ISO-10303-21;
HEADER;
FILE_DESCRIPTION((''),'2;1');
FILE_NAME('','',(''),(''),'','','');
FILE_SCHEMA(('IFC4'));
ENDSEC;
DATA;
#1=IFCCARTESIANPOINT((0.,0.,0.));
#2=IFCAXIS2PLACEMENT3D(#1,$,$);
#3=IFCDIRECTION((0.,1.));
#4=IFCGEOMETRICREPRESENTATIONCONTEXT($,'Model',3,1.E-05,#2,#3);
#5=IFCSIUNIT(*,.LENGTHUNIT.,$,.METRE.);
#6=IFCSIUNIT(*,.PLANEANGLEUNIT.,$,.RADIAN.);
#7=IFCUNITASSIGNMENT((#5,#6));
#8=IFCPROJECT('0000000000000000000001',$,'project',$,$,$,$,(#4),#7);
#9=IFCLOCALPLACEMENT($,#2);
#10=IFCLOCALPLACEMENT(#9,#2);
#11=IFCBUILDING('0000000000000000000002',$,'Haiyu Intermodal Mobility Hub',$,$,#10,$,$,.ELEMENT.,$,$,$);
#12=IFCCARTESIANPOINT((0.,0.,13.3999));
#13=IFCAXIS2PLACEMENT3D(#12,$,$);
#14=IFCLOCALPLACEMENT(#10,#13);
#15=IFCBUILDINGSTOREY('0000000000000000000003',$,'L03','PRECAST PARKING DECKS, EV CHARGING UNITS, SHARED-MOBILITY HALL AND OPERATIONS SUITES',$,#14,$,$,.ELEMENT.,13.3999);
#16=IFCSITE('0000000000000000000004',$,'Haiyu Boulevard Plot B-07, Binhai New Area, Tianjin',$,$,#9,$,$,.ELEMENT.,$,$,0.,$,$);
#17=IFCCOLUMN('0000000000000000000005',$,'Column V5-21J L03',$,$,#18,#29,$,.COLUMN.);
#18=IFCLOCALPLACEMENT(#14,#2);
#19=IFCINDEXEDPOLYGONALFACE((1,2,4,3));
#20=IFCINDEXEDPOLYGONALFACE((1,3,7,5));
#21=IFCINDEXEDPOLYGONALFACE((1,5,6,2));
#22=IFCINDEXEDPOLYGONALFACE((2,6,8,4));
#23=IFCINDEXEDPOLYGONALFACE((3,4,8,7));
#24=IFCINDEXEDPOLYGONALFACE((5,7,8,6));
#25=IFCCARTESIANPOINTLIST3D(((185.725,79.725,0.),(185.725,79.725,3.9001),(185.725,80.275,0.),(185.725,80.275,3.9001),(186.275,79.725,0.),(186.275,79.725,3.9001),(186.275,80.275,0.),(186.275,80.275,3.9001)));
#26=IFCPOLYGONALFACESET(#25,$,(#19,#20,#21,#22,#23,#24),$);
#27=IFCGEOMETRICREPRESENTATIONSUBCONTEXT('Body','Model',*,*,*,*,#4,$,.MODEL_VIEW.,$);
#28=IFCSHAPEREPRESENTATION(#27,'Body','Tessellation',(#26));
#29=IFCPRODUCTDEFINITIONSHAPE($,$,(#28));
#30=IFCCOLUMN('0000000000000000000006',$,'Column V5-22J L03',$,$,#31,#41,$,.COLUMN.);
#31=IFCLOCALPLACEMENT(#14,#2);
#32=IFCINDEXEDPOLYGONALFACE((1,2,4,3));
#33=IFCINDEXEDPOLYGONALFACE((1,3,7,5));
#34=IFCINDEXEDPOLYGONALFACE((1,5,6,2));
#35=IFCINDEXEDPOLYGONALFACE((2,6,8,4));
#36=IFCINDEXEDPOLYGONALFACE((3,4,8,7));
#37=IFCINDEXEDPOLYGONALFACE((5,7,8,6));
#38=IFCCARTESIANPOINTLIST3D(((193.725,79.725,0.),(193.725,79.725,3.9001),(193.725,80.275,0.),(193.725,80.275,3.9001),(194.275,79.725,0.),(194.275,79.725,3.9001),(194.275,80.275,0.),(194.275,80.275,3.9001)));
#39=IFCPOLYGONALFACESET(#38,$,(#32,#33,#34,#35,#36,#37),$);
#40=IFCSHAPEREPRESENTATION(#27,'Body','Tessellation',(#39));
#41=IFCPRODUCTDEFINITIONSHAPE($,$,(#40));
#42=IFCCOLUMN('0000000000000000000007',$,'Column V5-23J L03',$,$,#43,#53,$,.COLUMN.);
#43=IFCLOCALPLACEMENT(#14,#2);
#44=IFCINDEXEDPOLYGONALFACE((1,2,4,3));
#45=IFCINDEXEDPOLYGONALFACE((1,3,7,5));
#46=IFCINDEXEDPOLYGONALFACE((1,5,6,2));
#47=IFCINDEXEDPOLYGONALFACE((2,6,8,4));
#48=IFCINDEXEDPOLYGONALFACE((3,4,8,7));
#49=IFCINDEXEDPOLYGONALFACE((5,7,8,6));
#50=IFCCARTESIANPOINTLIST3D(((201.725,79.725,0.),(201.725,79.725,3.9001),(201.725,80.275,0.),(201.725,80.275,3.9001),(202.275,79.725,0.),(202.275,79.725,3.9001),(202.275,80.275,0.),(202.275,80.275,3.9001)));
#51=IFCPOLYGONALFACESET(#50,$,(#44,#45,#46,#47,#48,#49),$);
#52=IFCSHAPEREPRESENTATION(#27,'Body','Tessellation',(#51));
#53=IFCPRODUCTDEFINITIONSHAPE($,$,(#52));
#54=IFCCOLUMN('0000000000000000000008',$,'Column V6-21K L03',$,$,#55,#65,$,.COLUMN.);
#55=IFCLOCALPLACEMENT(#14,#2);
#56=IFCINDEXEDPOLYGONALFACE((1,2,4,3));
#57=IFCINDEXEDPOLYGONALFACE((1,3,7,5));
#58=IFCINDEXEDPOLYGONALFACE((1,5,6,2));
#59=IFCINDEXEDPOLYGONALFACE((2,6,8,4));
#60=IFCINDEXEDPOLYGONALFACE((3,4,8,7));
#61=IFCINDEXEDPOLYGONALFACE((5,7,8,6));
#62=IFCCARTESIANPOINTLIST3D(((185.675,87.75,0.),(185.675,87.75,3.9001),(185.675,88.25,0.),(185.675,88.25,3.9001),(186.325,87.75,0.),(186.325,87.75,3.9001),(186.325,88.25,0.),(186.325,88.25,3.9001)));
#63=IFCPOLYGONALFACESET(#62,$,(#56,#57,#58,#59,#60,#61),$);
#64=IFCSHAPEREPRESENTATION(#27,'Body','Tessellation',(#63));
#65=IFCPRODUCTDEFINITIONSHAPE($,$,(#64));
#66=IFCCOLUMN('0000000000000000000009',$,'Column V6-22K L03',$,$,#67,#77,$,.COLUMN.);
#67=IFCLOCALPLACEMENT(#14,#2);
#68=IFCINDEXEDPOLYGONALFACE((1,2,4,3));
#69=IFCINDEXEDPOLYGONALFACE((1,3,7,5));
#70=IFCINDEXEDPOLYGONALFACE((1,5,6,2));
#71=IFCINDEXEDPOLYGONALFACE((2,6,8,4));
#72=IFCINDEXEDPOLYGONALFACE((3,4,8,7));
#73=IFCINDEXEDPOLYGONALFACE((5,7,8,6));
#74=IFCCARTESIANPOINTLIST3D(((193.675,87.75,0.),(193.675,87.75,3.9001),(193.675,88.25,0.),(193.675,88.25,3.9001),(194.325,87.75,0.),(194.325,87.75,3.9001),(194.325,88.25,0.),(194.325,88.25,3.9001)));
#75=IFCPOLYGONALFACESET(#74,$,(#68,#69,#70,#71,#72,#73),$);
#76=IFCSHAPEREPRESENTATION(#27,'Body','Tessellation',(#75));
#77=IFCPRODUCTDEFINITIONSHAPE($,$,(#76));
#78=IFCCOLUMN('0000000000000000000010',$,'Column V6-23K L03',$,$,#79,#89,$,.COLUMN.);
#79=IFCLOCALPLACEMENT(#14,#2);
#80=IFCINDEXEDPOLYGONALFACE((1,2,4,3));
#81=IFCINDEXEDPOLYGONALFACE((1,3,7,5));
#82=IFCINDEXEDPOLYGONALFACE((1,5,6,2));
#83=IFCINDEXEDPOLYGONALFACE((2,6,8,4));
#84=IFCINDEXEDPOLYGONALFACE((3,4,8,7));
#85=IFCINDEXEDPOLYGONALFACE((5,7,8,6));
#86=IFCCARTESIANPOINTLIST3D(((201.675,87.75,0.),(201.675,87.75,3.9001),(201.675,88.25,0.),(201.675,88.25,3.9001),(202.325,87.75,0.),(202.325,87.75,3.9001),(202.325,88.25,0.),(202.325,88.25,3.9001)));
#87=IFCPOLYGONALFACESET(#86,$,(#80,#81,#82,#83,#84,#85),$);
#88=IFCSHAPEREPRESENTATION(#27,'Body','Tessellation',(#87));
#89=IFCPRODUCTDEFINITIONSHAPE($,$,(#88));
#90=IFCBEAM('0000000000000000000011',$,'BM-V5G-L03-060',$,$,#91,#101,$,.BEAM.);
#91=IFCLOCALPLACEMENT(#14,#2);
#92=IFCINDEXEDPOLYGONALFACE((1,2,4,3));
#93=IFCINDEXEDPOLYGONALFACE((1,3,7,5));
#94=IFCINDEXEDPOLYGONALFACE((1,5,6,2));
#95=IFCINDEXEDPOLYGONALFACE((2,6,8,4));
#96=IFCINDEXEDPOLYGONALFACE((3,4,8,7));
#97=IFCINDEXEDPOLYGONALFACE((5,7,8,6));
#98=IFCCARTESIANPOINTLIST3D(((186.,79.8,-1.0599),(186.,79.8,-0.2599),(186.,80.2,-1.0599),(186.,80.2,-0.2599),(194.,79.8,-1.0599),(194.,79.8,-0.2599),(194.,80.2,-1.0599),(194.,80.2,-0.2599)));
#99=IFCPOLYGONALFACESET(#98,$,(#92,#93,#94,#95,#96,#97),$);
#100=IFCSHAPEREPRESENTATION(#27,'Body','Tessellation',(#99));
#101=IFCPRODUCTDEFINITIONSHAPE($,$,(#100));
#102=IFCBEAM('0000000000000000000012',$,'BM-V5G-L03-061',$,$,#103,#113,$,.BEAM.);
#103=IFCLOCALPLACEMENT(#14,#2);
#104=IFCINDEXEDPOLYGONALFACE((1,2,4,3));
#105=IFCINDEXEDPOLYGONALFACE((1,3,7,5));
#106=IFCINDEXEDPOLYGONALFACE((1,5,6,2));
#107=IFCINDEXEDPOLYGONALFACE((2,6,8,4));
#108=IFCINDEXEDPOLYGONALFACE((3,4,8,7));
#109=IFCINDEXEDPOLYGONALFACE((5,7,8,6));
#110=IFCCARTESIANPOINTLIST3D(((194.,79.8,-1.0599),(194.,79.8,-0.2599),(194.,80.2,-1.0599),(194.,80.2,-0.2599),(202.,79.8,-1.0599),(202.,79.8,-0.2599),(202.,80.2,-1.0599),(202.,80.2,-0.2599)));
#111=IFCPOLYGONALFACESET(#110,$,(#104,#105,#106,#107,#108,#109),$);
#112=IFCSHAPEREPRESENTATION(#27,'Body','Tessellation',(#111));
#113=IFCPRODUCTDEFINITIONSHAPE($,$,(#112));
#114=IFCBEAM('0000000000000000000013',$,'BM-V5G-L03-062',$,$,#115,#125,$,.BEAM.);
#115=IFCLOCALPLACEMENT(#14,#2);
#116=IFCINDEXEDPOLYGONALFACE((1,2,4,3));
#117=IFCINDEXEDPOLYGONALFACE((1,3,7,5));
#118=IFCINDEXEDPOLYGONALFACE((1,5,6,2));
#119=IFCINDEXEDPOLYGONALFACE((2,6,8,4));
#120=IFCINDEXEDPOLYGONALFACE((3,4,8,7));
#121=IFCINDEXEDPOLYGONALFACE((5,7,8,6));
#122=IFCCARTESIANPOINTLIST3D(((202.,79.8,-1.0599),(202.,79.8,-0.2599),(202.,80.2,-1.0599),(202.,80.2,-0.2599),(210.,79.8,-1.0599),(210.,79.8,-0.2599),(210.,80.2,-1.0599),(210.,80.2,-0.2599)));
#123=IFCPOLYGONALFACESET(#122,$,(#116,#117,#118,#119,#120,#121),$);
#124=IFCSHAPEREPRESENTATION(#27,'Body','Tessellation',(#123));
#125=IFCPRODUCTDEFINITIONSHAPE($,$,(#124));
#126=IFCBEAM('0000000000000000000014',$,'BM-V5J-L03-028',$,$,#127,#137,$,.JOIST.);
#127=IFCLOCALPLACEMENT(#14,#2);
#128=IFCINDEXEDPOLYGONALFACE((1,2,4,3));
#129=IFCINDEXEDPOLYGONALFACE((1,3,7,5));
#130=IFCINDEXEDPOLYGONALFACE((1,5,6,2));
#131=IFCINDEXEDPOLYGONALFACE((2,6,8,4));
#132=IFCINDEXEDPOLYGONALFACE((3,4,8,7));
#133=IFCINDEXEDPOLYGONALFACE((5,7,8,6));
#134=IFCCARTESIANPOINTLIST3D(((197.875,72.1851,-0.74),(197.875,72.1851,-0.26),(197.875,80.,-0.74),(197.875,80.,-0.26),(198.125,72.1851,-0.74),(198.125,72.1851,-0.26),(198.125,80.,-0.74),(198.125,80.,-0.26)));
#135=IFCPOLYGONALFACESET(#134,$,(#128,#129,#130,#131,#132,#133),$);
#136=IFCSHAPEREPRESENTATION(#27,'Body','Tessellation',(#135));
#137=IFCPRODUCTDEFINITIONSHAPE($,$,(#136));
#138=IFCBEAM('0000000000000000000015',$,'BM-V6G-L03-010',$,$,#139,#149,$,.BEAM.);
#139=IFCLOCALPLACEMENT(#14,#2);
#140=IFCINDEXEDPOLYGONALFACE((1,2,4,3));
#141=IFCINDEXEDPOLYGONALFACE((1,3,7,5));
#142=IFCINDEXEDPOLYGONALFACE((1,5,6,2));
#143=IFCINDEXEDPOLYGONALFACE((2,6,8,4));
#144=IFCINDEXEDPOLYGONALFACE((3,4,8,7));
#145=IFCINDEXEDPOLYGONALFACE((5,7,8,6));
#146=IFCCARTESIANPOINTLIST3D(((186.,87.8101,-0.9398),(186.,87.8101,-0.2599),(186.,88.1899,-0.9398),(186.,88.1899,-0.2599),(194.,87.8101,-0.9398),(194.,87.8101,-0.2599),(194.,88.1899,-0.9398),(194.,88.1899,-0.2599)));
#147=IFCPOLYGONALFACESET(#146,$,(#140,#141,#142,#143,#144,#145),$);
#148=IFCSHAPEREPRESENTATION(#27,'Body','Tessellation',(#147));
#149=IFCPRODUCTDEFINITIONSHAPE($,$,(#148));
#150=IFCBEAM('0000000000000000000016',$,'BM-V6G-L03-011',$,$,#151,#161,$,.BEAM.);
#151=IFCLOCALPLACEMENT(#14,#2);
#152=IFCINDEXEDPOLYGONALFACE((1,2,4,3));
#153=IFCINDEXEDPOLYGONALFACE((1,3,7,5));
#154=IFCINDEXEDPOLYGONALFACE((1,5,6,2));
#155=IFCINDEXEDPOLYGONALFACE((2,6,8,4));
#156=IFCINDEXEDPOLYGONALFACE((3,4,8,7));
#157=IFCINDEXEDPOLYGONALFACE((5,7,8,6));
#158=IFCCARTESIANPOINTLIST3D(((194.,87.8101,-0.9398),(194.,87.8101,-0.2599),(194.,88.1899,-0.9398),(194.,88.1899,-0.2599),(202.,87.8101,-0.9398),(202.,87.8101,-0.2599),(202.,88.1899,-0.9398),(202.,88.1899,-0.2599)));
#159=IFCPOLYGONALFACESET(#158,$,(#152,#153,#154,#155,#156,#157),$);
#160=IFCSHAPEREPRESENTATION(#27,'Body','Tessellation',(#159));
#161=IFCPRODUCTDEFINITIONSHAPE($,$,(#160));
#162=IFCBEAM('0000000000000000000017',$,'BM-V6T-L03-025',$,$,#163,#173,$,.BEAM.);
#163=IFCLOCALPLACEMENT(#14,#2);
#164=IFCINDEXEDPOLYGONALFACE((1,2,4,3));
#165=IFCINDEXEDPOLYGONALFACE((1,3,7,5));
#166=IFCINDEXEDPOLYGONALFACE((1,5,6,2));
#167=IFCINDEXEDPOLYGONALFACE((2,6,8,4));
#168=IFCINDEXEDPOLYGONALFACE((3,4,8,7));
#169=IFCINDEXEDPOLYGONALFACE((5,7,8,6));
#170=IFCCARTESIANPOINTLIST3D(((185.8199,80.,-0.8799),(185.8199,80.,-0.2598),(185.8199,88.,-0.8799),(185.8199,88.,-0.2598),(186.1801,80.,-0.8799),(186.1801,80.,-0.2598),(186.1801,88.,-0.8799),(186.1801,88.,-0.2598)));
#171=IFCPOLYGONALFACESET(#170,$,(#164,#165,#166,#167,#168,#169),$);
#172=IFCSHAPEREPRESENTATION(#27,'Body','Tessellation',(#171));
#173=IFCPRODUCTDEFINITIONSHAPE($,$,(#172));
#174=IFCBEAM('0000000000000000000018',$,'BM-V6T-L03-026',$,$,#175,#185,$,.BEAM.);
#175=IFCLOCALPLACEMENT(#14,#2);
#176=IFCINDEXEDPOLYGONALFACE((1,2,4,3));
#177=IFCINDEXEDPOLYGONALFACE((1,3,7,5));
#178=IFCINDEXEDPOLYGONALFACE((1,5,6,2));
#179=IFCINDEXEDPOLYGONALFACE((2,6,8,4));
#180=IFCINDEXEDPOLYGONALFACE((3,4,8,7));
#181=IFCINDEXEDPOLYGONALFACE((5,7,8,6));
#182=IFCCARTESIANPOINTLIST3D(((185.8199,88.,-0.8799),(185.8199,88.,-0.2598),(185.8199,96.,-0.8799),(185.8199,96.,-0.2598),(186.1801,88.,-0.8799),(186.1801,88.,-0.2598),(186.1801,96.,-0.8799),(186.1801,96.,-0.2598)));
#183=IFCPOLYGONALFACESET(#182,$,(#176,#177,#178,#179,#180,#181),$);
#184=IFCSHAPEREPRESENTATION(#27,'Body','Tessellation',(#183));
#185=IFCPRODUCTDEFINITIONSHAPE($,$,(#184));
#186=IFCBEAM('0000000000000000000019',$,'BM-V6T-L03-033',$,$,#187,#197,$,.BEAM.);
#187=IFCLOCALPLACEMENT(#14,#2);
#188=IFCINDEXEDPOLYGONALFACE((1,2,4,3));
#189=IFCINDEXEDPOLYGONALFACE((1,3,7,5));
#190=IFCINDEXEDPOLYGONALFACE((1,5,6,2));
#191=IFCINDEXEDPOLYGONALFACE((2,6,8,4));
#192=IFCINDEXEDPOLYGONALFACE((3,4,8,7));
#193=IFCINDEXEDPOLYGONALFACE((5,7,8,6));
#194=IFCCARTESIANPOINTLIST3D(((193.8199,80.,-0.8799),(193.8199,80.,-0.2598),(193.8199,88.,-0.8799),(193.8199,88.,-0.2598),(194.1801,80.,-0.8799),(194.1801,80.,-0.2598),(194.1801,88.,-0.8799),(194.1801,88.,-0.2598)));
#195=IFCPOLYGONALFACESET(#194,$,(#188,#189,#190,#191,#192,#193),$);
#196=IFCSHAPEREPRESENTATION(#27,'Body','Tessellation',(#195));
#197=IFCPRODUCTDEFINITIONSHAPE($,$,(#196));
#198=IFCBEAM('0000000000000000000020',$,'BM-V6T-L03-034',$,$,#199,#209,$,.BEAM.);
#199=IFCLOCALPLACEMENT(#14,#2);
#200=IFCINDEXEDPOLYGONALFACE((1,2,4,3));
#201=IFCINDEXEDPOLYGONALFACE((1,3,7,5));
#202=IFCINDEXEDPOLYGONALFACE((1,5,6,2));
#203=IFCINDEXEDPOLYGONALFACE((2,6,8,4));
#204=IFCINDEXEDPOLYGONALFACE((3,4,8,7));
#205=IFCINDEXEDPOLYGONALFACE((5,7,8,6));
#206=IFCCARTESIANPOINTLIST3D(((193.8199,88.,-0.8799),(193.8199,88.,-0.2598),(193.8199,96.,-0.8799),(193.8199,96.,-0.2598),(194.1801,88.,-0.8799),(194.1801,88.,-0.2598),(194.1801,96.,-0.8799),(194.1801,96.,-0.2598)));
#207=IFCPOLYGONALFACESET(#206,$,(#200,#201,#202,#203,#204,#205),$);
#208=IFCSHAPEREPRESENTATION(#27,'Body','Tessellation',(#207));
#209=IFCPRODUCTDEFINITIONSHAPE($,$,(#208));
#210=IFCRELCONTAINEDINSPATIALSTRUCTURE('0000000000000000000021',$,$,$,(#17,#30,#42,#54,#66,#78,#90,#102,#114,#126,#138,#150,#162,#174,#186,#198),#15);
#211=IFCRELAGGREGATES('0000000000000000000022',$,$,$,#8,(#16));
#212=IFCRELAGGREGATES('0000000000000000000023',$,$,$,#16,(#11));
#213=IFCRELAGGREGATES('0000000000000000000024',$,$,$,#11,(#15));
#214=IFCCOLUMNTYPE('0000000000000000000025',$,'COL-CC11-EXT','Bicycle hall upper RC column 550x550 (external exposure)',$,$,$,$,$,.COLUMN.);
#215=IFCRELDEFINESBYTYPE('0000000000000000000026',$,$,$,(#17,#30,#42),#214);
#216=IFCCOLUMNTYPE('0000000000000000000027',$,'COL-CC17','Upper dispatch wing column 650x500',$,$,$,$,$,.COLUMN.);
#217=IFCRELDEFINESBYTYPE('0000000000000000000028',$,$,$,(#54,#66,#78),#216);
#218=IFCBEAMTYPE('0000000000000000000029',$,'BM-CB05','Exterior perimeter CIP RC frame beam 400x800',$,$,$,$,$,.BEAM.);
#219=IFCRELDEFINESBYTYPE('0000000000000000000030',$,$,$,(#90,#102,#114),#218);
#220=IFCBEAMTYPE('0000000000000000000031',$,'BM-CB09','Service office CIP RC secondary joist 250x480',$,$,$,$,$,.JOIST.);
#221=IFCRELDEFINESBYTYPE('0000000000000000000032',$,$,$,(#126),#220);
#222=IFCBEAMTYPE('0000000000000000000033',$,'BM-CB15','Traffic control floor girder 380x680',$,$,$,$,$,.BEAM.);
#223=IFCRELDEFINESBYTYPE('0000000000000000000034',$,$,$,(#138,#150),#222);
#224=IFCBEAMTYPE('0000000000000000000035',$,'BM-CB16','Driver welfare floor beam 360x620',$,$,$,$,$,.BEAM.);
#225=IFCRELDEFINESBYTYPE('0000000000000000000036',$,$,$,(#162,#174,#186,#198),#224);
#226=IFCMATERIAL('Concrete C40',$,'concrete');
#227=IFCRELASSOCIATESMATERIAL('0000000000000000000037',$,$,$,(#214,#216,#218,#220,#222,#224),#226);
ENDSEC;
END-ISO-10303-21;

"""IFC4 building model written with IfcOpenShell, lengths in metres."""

from ifc_helpers import new_model, si_unit, direction, frame, origin, origin_2d, place, context, subcontext, project, spatial, rectangle, extrude, material, material_profile, profile_set, type_object, element, save


model = new_model("IFC4")

# Units and contexts
model_context = context("Model", 3, precision=1e-05, world=origin(), true_north=direction((0.0, 1.0)))
body_context = subcontext(model_context, "Body", "Model", "MODEL_VIEW")
ifc_project = project(units=[si_unit("LENGTHUNIT", "METRE"), si_unit("PLANEANGLEUNIT", "RADIAN")], contexts=[model_context])

# Site, building, storey
site_placement = place(None, origin())
site = spatial("IfcSite", under=ifc_project, at=site_placement, Name="Haiyu Boulevard Plot B-07, Binhai New Area, Tianjin", CompositionType="ELEMENT", RefElevation=0.0)
building_placement = place(site_placement, origin())
building = spatial("IfcBuilding", under=site, at=building_placement, Name="Haiyu Intermodal Mobility Hub", CompositionType="ELEMENT")
storey_placement = place(building_placement, frame((0.0, 0.0, 13.3999)))
storey = spatial("IfcBuildingStorey", under=building, at=storey_placement, Name="L03", Description="PRECAST PARKING DECKS, EV CHARGING UNITS, SHARED-MOBILITY HALL AND OPERATIONS SUITES", CompositionType="ELEMENT", Elevation=13.3999)

# Columns
ifc_material_1 = material(Name="Concrete C40", Category="concrete")
ifc_material_profile_1 = material_profile(ifc_material_1, rectangle(XDim=0.55, YDim=0.55, at=origin_2d()), Name="RC550x550")
ifc_profile_set_1 = profile_set([ifc_material_profile_1], Name="Concrete C40")
column_type_1 = type_object("IfcColumnType", Name="COL-CC11-EXT", Description="Bicycle hall upper RC column 550x550 (external exposure)", PredefinedType="COLUMN", material=ifc_profile_set_1)
for number, where, z_axis, x_axis, name in (
    (1, (186.0, 80.0, 0.0), (0.0, 0.0, 1.0), (1.0, 0.0, 0.0), "Column V5-21J L03"),
    (2, (194.0, 80.0, 0.0), (0.0, 0.0, 1.0), (1.0, 0.0, 0.0), "Column V5-22J L03"),
    (3, (202.0, 80.0, 0.0), (0.0, 0.0, 1.0), (1.0, 0.0, 0.0), "Column V5-23J L03"),
):
    element("IfcColumn", number, at=place(storey_placement, frame(where, z_axis=z_axis, x_axis=x_axis)), inside=storey, type_object=column_type_1, Name=name, PredefinedType="COLUMN", context=body_context, shape_type="SweptSolid", body=[
        extrude(rectangle(XDim=0.55, YDim=0.55, at=origin_2d()), origin(), (0.0, 0.0, 1.0), 3.9001),
    ])
ifc_material_profile_2 = material_profile(ifc_material_1, rectangle(XDim=0.6499, YDim=0.5, at=origin_2d()), Name="C650x500")
ifc_profile_set_2 = profile_set([ifc_material_profile_2], Name="Concrete C40")
column_type_2 = type_object("IfcColumnType", Name="COL-CC17", Description="Upper dispatch wing column 650x500", PredefinedType="COLUMN", material=ifc_profile_set_2)
for number, where, z_axis, x_axis, name in (
    (4, (186.0, 88.0, 0.0), (0.0, 0.0, 1.0), (1.0, 0.0, 0.0), "Column V6-21K L03"),
    (5, (194.0, 88.0, 0.0), (0.0, 0.0, 1.0), (1.0, 0.0, 0.0), "Column V6-22K L03"),
    (6, (202.0, 88.0, 0.0), (0.0, 0.0, 1.0), (1.0, 0.0, 0.0), "Column V6-23K L03"),
):
    element("IfcColumn", number, at=place(storey_placement, frame(where, z_axis=z_axis, x_axis=x_axis)), inside=storey, type_object=column_type_2, Name=name, PredefinedType="COLUMN", context=body_context, shape_type="SweptSolid", body=[
        extrude(rectangle(XDim=0.6499, YDim=0.5, at=origin_2d()), origin(), (0.0, 0.0, 1.0), 3.9001),
    ])

# Beams
ifc_material_profile_3 = material_profile(ifc_material_1, rectangle(XDim=0.3999, YDim=0.8, at=origin_2d()), Name="RCB400x800")
ifc_profile_set_3 = profile_set([ifc_material_profile_3], Name="Concrete C40")
beam_type_1 = type_object("IfcBeamType", Name="BM-CB05", Description="Exterior perimeter CIP RC frame beam 400x800", PredefinedType="BEAM", material=ifc_profile_set_3)
for number, where, z_axis, x_axis, name in (
    (7, (186.0, 80.0, -0.6599), (1.0, 0.0, 0.0), (0.0, 1.0, 0.0), "BM-V5G-L03-060"),
    (8, (194.0, 80.0, -0.6599), (1.0, 0.0, 0.0), (0.0, 1.0, 0.0), "BM-V5G-L03-061"),
    (9, (202.0, 80.0, -0.6599), (1.0, 0.0, 0.0), (0.0, 1.0, 0.0), "BM-V5G-L03-062"),
):
    element("IfcBeam", number, at=place(storey_placement, frame(where, z_axis=z_axis, x_axis=x_axis)), inside=storey, type_object=beam_type_1, Name=name, PredefinedType="BEAM", context=body_context, shape_type="SweptSolid", body=[
        extrude(rectangle(XDim=0.3999, YDim=0.8, at=origin_2d()), origin(), (0.0, 0.0, 1.0), 8.0),
    ])
ifc_material_profile_4 = material_profile(ifc_material_1, rectangle(XDim=0.25, YDim=0.48, at=origin_2d()), Name="RCB250x480")
ifc_profile_set_4 = profile_set([ifc_material_profile_4], Name="Concrete C40")
beam_type_2 = type_object("IfcBeamType", Name="BM-CB09", Description="Service office CIP RC secondary joist 250x480", PredefinedType="JOIST", material=ifc_profile_set_4)
beam_placement = place(storey_placement, frame((198.0, 72.1851, -0.5), z_axis=(0.0, 1.0, 0.0), x_axis=(-1.0, 0.0, 0.0)))
element("IfcBeam", 10, at=beam_placement, inside=storey, type_object=beam_type_2, Name="BM-V5J-L03-028", PredefinedType="JOIST", context=body_context, shape_type="SweptSolid", body=[
    extrude(rectangle(XDim=0.25, YDim=0.48, at=origin_2d()), origin(), (0.0, 0.0, 1.0), 7.8149),
])
ifc_material_profile_5 = material_profile(ifc_material_1, rectangle(XDim=0.3799, YDim=0.6799, at=origin_2d()), Name="B380x680")
ifc_profile_set_5 = profile_set([ifc_material_profile_5], Name="Concrete C40")
beam_type_3 = type_object("IfcBeamType", Name="BM-CB15", Description="Traffic control floor girder 380x680", PredefinedType="BEAM", material=ifc_profile_set_5)
for number, where, z_axis, x_axis, name in (
    (11, (186.0, 88.0, -0.5999), (1.0, 0.0, 0.0), (0.0, 1.0, 0.0), "BM-V6G-L03-010"),
    (12, (194.0, 88.0, -0.5999), (1.0, 0.0, 0.0), (0.0, 1.0, 0.0), "BM-V6G-L03-011"),
):
    element("IfcBeam", number, at=place(storey_placement, frame(where, z_axis=z_axis, x_axis=x_axis)), inside=storey, type_object=beam_type_3, Name=name, PredefinedType="BEAM", context=body_context, shape_type="SweptSolid", body=[
        extrude(rectangle(XDim=0.3799, YDim=0.6799, at=origin_2d()), origin(), (0.0, 0.0, 1.0), 8.0),
    ])
ifc_material_profile_6 = material_profile(ifc_material_1, rectangle(XDim=0.3601, YDim=0.6201, at=origin_2d()), Name="B360x620")
ifc_profile_set_6 = profile_set([ifc_material_profile_6], Name="Concrete C40")
beam_type_4 = type_object("IfcBeamType", Name="BM-CB16", Description="Driver welfare floor beam 360x620", PredefinedType="BEAM", material=ifc_profile_set_6)
for number, where, z_axis, x_axis, name in (
    (13, (186.0, 80.0, -0.5698), (0.0, 1.0, 0.0), (-1.0, 0.0, 0.0), "BM-V6T-L03-025"),
    (14, (186.0, 88.0, -0.5698), (0.0, 1.0, 0.0), (-1.0, 0.0, 0.0), "BM-V6T-L03-026"),
    (15, (194.0, 80.0, -0.5698), (0.0, 1.0, 0.0), (-1.0, 0.0, 0.0), "BM-V6T-L03-033"),
    (16, (194.0, 88.0, -0.5698), (0.0, 1.0, 0.0), (-1.0, 0.0, 0.0), "BM-V6T-L03-034"),
):
    element("IfcBeam", number, at=place(storey_placement, frame(where, z_axis=z_axis, x_axis=x_axis)), inside=storey, type_object=beam_type_4, Name=name, PredefinedType="BEAM", context=body_context, shape_type="SweptSolid", body=[
        extrude(rectangle(XDim=0.3601, YDim=0.6201, at=origin_2d()), origin(), (0.0, 0.0, 1.0), 8.0),
    ])

save(model, "model.ifc")
